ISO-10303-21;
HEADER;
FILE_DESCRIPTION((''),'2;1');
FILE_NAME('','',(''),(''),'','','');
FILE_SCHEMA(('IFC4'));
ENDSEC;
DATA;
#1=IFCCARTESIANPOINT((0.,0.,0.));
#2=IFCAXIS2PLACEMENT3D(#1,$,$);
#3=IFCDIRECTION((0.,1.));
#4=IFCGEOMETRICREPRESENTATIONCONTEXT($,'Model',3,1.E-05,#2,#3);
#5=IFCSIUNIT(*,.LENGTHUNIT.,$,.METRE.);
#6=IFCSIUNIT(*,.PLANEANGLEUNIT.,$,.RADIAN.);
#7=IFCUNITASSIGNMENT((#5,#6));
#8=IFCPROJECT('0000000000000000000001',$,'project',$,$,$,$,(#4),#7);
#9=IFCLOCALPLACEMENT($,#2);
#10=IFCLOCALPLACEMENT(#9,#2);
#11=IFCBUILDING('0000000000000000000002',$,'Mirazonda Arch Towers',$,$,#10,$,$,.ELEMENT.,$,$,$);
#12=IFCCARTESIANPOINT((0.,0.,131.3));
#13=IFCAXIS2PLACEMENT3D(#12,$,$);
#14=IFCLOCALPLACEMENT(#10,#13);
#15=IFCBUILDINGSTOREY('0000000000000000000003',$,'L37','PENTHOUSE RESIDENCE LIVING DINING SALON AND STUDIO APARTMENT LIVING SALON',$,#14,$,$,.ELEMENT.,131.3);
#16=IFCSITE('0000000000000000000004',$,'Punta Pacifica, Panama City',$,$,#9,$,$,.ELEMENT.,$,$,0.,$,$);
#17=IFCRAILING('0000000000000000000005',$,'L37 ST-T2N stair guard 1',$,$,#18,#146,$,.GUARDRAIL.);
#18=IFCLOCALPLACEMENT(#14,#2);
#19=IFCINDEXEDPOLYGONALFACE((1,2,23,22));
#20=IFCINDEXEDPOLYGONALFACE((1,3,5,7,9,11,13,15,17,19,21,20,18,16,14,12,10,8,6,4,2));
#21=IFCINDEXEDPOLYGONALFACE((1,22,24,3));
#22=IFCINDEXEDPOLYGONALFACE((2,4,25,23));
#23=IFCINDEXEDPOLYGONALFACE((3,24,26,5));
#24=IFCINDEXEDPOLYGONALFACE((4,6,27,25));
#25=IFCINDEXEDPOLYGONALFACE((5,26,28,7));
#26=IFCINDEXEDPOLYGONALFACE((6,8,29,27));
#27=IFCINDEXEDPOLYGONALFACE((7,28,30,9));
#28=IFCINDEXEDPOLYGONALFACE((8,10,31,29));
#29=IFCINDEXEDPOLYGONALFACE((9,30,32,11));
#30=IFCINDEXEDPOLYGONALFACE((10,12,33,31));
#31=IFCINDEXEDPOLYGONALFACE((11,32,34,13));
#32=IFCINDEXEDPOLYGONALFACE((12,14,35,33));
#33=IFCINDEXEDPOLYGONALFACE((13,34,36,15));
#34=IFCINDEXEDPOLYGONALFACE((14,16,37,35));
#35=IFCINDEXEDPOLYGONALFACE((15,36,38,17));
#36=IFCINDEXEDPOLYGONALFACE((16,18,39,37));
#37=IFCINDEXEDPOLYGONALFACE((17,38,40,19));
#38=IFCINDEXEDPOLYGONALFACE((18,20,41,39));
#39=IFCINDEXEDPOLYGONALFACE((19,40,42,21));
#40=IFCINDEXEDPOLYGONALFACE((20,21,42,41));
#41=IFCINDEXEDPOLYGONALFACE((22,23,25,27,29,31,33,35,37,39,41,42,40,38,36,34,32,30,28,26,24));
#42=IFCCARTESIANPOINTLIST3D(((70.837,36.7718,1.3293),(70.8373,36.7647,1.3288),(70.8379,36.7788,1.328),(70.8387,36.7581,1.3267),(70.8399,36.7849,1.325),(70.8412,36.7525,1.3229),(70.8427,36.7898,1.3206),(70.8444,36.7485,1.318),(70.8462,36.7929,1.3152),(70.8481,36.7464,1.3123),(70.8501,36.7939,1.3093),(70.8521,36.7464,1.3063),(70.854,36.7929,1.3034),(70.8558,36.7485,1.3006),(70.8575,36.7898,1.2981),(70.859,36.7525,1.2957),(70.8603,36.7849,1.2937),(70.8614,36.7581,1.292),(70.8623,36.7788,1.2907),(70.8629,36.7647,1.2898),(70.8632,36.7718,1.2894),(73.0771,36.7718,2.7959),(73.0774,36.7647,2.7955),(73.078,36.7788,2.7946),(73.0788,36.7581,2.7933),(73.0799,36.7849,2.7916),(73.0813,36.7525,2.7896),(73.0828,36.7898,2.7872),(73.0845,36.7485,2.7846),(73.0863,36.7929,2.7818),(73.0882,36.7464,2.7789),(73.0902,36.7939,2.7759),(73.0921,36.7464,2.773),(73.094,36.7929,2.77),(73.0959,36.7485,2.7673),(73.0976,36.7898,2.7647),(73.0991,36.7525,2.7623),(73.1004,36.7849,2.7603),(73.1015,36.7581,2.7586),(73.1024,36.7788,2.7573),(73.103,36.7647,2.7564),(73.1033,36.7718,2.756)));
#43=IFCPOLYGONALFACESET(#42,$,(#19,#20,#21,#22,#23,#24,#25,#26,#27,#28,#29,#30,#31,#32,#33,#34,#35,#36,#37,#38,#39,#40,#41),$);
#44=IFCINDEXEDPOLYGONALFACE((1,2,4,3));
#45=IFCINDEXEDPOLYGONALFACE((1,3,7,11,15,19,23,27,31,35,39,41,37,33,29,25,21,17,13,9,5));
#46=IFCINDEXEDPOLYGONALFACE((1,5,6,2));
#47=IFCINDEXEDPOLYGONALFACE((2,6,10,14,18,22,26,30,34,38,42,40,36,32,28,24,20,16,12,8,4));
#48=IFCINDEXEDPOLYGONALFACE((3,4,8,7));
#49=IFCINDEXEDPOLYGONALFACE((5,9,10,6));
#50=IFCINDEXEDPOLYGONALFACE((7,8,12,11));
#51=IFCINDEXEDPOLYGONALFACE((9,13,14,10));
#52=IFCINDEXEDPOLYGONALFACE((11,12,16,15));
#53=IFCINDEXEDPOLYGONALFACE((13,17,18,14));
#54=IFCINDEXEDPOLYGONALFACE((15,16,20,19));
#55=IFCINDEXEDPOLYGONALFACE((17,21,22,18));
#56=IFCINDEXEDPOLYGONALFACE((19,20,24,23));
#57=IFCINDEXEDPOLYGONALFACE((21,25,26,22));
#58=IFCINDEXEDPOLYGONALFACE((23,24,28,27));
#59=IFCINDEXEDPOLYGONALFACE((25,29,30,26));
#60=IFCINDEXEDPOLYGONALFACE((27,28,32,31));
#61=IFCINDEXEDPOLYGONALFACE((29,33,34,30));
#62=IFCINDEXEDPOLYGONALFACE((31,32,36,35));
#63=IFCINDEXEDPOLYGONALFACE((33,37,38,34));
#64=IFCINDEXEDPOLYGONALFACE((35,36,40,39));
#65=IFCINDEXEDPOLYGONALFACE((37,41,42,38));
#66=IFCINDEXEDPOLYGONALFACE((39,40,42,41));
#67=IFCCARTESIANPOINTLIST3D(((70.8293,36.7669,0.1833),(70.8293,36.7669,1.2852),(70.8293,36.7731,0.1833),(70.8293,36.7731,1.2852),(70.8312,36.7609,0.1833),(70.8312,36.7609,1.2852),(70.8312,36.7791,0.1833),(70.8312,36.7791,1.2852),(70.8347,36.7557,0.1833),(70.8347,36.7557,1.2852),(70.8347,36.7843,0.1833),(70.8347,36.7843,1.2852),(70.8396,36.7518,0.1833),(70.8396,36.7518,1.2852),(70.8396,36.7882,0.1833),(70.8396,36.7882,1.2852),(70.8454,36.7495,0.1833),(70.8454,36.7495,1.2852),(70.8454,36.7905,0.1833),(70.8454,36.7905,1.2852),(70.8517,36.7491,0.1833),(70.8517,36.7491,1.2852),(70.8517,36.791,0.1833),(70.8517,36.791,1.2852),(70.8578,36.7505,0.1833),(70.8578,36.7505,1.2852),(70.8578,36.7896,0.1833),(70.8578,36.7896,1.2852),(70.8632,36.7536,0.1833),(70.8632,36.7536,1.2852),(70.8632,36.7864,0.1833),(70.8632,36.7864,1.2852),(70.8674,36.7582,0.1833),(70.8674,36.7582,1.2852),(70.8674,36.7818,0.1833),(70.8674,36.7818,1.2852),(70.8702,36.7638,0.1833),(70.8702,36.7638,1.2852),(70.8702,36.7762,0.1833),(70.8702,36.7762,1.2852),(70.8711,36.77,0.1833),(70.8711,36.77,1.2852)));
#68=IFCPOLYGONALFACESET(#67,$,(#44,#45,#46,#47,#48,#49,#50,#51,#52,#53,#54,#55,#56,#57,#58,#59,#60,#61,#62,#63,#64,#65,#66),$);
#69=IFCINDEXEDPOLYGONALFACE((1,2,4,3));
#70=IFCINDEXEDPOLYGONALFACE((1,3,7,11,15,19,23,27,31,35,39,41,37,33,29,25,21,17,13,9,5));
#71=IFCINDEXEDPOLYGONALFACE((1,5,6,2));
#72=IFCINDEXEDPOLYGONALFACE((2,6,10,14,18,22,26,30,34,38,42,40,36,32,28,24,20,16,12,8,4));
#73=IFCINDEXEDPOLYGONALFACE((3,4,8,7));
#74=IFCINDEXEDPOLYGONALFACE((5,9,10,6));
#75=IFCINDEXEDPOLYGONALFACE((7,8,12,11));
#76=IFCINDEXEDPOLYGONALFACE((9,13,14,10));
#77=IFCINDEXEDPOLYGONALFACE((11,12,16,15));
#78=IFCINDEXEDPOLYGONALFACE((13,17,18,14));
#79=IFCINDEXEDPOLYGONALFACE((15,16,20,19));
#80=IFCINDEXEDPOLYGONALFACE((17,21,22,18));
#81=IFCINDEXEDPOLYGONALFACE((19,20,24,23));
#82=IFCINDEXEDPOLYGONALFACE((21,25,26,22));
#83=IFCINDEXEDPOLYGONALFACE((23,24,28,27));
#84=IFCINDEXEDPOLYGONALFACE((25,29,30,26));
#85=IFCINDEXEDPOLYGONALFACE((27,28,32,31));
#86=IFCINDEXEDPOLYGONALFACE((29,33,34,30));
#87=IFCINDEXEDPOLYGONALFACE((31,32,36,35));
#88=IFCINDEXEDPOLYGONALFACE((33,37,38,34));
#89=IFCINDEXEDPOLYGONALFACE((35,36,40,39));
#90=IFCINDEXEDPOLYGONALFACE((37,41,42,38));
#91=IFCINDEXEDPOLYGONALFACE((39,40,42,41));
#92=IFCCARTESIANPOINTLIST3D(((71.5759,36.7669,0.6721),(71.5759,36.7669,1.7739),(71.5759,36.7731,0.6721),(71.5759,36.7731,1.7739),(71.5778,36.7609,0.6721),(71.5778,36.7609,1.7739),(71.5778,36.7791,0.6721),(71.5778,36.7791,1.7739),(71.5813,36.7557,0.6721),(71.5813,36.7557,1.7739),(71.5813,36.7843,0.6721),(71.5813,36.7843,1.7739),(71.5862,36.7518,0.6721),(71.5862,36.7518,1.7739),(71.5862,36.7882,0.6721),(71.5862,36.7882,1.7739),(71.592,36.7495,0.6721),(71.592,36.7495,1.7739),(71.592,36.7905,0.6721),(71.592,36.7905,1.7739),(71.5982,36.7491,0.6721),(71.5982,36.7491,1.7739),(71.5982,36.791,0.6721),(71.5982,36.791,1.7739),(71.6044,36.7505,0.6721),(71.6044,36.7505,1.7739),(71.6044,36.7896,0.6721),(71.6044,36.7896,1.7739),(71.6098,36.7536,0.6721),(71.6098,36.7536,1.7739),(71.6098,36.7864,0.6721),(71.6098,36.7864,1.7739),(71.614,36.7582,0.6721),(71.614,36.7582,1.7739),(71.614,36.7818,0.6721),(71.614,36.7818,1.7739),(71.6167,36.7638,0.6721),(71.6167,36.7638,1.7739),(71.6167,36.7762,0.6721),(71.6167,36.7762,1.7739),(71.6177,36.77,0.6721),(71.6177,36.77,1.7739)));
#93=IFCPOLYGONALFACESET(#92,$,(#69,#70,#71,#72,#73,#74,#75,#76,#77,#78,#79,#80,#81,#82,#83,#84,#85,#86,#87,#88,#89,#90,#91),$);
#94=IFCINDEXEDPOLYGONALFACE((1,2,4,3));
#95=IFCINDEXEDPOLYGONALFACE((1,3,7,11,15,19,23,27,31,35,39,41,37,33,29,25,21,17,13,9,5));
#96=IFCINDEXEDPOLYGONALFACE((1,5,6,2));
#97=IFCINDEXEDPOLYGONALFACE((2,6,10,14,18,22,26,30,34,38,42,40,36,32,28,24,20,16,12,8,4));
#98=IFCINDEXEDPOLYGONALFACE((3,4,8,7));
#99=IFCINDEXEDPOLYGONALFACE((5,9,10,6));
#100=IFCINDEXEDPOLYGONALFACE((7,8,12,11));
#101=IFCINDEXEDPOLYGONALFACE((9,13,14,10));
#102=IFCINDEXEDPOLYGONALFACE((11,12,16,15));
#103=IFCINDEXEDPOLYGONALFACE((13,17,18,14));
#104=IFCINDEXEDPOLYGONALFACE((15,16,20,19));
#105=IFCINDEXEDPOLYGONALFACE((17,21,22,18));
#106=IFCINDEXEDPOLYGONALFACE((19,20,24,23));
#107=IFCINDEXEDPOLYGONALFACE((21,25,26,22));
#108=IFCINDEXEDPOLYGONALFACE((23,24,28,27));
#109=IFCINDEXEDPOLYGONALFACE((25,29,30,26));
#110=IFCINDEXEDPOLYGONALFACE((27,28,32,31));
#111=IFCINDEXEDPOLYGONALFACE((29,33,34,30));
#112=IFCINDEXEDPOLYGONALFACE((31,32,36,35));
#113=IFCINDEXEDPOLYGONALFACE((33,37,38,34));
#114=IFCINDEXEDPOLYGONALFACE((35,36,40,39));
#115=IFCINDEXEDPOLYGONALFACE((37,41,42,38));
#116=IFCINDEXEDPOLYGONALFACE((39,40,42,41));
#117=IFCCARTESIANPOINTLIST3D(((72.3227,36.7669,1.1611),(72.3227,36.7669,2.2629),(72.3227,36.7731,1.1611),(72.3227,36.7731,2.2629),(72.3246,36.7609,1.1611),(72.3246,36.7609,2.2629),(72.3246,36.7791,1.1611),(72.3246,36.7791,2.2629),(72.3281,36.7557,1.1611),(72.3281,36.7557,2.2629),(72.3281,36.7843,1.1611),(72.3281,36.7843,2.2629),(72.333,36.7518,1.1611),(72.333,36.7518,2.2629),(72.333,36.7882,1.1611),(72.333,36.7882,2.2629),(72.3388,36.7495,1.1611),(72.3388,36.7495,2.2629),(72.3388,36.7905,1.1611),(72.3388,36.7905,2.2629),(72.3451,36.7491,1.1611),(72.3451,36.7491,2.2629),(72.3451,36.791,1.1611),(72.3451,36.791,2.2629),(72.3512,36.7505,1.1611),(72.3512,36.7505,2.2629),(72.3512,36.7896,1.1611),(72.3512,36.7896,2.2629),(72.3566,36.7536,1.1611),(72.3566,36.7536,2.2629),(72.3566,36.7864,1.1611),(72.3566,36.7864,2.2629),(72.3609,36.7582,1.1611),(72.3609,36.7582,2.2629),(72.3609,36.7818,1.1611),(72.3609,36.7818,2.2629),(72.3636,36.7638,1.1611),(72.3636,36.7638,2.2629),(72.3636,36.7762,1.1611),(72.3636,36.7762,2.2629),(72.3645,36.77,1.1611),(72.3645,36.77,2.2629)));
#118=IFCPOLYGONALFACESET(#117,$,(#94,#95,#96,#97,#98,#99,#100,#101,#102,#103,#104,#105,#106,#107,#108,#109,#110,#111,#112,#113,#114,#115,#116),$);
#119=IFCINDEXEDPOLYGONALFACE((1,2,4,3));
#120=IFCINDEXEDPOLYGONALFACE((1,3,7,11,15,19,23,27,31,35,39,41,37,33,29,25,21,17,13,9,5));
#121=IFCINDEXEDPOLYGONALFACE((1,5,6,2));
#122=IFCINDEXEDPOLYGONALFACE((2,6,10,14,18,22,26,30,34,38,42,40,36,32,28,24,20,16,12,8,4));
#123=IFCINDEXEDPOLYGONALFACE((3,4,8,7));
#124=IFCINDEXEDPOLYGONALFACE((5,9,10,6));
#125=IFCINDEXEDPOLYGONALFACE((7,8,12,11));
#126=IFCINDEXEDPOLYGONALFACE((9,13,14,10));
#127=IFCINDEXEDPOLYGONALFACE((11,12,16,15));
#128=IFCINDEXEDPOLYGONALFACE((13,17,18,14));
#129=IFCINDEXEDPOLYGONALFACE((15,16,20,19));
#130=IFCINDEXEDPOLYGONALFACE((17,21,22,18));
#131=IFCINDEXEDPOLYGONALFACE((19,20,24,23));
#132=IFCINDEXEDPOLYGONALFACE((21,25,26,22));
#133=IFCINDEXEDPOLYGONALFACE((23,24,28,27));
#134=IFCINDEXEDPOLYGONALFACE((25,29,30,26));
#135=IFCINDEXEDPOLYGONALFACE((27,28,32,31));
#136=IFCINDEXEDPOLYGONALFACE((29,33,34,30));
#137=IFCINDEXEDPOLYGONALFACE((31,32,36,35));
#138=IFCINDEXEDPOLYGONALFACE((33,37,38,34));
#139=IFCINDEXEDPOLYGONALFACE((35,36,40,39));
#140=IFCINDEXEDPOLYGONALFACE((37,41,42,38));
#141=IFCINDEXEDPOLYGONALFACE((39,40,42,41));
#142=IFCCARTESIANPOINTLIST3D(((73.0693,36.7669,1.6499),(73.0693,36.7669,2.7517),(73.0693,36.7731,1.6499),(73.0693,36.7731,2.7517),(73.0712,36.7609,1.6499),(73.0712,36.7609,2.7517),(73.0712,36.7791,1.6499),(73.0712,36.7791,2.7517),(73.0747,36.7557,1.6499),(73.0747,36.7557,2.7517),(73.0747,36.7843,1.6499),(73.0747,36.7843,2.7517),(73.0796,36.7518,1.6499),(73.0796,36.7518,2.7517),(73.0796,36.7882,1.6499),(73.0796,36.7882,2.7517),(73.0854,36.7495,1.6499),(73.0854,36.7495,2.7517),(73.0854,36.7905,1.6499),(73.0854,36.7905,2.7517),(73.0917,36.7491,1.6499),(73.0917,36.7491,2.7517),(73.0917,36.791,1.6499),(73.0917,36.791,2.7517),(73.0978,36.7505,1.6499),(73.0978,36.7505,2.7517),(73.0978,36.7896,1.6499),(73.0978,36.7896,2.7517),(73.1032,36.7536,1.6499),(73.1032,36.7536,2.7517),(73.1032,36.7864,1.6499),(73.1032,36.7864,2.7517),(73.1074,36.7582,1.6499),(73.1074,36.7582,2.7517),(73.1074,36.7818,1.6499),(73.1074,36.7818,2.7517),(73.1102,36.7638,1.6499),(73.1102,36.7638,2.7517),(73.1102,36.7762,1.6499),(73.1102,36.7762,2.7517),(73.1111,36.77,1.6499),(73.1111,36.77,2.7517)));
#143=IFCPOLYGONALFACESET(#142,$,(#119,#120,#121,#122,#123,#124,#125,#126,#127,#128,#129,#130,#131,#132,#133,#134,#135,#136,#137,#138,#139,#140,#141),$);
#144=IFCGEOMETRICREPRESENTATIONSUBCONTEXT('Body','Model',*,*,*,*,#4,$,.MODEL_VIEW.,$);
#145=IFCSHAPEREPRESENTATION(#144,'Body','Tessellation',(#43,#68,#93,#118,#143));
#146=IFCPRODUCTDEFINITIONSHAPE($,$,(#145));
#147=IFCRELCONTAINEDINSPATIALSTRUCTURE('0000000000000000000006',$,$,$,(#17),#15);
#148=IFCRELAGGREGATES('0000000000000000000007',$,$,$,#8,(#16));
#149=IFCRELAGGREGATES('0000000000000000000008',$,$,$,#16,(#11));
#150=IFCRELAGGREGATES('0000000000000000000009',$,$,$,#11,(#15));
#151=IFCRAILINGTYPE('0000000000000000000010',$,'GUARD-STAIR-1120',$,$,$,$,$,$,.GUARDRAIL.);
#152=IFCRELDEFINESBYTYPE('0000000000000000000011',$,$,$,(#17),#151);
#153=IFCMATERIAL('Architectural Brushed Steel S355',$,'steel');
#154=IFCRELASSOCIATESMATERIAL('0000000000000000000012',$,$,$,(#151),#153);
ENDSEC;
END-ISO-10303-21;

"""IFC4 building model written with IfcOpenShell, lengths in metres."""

from ifc_helpers import new_model, si_unit, direction, frame, origin, origin_2d, place, context, subcontext, project, spatial, circle, extrude, material, type_object, element, save


model = new_model("IFC4")

# Units and contexts
model_context = context("Model", 3, precision=1e-05, world=origin(), true_north=direction((0.0, 1.0)))
body_context = subcontext(model_context, "Body", "Model", "MODEL_VIEW")
ifc_project = project(units=[si_unit("LENGTHUNIT", "METRE"), si_unit("PLANEANGLEUNIT", "RADIAN")], contexts=[model_context])

# Site, building, storey
site_placement = place(None, origin())
site = spatial("IfcSite", under=ifc_project, at=site_placement, Name="Punta Pacifica, Panama City", CompositionType="ELEMENT", RefElevation=0.0)
building_placement = place(site_placement, origin())
building = spatial("IfcBuilding", under=site, at=building_placement, Name="Mirazonda Arch Towers", CompositionType="ELEMENT")
storey_placement = place(building_placement, frame((0.0, 0.0, 131.3)))
storey = spatial("IfcBuildingStorey", under=building, at=storey_placement, Name="L37", Description="PENTHOUSE RESIDENCE LIVING DINING SALON AND STUDIO APARTMENT LIVING SALON", CompositionType="ELEMENT", Elevation=131.3)

# Shared definitions
ifc_material_1 = material(Name="Architectural Brushed Steel S355", Category="steel")

# Railing
railing_type_1 = type_object("IfcRailingType", Name="GUARD-STAIR-1120", PredefinedType="GUARDRAIL", material=ifc_material_1)
railing_1_placement = place(storey_placement, frame((70.8501, 36.77, 0.1833)))
element("IfcRailing", 1, at=railing_1_placement, inside=storey, type_object=railing_type_1, Name="L37 ST-T2N stair guard 1", PredefinedType="GUARDRAIL", context=body_context, shape_type="SweptSolid", body=[
    extrude(circle(Radius=0.0239, at=origin_2d()), frame((0.0, 0.0, 1.126), z_axis=(0.836637, 0.0, 0.547758), x_axis=(0.0, 1.0, 0.0)), (0.0, 0.0, 1.0), 2.6775),
    extrude(circle(Radius=0.021, at=origin_2d()), origin(), (0.0, 0.0, 1.0), 1.1018),
    extrude(circle(Radius=0.021, at=origin_2d()), frame((0.7466, 0.0, 0.4888)), (0.0, 0.0, 1.0), 1.1018),
    extrude(circle(Radius=0.021, at=origin_2d()), frame((1.4934, 0.0, 0.9778)), (0.0, 0.0, 1.0), 1.1018),
    extrude(circle(Radius=0.021, at=origin_2d()), frame((2.24, 0.0, 1.4666)), (0.0, 0.0, 1.0), 1.1018),
])

save(model, "model.ifc")
